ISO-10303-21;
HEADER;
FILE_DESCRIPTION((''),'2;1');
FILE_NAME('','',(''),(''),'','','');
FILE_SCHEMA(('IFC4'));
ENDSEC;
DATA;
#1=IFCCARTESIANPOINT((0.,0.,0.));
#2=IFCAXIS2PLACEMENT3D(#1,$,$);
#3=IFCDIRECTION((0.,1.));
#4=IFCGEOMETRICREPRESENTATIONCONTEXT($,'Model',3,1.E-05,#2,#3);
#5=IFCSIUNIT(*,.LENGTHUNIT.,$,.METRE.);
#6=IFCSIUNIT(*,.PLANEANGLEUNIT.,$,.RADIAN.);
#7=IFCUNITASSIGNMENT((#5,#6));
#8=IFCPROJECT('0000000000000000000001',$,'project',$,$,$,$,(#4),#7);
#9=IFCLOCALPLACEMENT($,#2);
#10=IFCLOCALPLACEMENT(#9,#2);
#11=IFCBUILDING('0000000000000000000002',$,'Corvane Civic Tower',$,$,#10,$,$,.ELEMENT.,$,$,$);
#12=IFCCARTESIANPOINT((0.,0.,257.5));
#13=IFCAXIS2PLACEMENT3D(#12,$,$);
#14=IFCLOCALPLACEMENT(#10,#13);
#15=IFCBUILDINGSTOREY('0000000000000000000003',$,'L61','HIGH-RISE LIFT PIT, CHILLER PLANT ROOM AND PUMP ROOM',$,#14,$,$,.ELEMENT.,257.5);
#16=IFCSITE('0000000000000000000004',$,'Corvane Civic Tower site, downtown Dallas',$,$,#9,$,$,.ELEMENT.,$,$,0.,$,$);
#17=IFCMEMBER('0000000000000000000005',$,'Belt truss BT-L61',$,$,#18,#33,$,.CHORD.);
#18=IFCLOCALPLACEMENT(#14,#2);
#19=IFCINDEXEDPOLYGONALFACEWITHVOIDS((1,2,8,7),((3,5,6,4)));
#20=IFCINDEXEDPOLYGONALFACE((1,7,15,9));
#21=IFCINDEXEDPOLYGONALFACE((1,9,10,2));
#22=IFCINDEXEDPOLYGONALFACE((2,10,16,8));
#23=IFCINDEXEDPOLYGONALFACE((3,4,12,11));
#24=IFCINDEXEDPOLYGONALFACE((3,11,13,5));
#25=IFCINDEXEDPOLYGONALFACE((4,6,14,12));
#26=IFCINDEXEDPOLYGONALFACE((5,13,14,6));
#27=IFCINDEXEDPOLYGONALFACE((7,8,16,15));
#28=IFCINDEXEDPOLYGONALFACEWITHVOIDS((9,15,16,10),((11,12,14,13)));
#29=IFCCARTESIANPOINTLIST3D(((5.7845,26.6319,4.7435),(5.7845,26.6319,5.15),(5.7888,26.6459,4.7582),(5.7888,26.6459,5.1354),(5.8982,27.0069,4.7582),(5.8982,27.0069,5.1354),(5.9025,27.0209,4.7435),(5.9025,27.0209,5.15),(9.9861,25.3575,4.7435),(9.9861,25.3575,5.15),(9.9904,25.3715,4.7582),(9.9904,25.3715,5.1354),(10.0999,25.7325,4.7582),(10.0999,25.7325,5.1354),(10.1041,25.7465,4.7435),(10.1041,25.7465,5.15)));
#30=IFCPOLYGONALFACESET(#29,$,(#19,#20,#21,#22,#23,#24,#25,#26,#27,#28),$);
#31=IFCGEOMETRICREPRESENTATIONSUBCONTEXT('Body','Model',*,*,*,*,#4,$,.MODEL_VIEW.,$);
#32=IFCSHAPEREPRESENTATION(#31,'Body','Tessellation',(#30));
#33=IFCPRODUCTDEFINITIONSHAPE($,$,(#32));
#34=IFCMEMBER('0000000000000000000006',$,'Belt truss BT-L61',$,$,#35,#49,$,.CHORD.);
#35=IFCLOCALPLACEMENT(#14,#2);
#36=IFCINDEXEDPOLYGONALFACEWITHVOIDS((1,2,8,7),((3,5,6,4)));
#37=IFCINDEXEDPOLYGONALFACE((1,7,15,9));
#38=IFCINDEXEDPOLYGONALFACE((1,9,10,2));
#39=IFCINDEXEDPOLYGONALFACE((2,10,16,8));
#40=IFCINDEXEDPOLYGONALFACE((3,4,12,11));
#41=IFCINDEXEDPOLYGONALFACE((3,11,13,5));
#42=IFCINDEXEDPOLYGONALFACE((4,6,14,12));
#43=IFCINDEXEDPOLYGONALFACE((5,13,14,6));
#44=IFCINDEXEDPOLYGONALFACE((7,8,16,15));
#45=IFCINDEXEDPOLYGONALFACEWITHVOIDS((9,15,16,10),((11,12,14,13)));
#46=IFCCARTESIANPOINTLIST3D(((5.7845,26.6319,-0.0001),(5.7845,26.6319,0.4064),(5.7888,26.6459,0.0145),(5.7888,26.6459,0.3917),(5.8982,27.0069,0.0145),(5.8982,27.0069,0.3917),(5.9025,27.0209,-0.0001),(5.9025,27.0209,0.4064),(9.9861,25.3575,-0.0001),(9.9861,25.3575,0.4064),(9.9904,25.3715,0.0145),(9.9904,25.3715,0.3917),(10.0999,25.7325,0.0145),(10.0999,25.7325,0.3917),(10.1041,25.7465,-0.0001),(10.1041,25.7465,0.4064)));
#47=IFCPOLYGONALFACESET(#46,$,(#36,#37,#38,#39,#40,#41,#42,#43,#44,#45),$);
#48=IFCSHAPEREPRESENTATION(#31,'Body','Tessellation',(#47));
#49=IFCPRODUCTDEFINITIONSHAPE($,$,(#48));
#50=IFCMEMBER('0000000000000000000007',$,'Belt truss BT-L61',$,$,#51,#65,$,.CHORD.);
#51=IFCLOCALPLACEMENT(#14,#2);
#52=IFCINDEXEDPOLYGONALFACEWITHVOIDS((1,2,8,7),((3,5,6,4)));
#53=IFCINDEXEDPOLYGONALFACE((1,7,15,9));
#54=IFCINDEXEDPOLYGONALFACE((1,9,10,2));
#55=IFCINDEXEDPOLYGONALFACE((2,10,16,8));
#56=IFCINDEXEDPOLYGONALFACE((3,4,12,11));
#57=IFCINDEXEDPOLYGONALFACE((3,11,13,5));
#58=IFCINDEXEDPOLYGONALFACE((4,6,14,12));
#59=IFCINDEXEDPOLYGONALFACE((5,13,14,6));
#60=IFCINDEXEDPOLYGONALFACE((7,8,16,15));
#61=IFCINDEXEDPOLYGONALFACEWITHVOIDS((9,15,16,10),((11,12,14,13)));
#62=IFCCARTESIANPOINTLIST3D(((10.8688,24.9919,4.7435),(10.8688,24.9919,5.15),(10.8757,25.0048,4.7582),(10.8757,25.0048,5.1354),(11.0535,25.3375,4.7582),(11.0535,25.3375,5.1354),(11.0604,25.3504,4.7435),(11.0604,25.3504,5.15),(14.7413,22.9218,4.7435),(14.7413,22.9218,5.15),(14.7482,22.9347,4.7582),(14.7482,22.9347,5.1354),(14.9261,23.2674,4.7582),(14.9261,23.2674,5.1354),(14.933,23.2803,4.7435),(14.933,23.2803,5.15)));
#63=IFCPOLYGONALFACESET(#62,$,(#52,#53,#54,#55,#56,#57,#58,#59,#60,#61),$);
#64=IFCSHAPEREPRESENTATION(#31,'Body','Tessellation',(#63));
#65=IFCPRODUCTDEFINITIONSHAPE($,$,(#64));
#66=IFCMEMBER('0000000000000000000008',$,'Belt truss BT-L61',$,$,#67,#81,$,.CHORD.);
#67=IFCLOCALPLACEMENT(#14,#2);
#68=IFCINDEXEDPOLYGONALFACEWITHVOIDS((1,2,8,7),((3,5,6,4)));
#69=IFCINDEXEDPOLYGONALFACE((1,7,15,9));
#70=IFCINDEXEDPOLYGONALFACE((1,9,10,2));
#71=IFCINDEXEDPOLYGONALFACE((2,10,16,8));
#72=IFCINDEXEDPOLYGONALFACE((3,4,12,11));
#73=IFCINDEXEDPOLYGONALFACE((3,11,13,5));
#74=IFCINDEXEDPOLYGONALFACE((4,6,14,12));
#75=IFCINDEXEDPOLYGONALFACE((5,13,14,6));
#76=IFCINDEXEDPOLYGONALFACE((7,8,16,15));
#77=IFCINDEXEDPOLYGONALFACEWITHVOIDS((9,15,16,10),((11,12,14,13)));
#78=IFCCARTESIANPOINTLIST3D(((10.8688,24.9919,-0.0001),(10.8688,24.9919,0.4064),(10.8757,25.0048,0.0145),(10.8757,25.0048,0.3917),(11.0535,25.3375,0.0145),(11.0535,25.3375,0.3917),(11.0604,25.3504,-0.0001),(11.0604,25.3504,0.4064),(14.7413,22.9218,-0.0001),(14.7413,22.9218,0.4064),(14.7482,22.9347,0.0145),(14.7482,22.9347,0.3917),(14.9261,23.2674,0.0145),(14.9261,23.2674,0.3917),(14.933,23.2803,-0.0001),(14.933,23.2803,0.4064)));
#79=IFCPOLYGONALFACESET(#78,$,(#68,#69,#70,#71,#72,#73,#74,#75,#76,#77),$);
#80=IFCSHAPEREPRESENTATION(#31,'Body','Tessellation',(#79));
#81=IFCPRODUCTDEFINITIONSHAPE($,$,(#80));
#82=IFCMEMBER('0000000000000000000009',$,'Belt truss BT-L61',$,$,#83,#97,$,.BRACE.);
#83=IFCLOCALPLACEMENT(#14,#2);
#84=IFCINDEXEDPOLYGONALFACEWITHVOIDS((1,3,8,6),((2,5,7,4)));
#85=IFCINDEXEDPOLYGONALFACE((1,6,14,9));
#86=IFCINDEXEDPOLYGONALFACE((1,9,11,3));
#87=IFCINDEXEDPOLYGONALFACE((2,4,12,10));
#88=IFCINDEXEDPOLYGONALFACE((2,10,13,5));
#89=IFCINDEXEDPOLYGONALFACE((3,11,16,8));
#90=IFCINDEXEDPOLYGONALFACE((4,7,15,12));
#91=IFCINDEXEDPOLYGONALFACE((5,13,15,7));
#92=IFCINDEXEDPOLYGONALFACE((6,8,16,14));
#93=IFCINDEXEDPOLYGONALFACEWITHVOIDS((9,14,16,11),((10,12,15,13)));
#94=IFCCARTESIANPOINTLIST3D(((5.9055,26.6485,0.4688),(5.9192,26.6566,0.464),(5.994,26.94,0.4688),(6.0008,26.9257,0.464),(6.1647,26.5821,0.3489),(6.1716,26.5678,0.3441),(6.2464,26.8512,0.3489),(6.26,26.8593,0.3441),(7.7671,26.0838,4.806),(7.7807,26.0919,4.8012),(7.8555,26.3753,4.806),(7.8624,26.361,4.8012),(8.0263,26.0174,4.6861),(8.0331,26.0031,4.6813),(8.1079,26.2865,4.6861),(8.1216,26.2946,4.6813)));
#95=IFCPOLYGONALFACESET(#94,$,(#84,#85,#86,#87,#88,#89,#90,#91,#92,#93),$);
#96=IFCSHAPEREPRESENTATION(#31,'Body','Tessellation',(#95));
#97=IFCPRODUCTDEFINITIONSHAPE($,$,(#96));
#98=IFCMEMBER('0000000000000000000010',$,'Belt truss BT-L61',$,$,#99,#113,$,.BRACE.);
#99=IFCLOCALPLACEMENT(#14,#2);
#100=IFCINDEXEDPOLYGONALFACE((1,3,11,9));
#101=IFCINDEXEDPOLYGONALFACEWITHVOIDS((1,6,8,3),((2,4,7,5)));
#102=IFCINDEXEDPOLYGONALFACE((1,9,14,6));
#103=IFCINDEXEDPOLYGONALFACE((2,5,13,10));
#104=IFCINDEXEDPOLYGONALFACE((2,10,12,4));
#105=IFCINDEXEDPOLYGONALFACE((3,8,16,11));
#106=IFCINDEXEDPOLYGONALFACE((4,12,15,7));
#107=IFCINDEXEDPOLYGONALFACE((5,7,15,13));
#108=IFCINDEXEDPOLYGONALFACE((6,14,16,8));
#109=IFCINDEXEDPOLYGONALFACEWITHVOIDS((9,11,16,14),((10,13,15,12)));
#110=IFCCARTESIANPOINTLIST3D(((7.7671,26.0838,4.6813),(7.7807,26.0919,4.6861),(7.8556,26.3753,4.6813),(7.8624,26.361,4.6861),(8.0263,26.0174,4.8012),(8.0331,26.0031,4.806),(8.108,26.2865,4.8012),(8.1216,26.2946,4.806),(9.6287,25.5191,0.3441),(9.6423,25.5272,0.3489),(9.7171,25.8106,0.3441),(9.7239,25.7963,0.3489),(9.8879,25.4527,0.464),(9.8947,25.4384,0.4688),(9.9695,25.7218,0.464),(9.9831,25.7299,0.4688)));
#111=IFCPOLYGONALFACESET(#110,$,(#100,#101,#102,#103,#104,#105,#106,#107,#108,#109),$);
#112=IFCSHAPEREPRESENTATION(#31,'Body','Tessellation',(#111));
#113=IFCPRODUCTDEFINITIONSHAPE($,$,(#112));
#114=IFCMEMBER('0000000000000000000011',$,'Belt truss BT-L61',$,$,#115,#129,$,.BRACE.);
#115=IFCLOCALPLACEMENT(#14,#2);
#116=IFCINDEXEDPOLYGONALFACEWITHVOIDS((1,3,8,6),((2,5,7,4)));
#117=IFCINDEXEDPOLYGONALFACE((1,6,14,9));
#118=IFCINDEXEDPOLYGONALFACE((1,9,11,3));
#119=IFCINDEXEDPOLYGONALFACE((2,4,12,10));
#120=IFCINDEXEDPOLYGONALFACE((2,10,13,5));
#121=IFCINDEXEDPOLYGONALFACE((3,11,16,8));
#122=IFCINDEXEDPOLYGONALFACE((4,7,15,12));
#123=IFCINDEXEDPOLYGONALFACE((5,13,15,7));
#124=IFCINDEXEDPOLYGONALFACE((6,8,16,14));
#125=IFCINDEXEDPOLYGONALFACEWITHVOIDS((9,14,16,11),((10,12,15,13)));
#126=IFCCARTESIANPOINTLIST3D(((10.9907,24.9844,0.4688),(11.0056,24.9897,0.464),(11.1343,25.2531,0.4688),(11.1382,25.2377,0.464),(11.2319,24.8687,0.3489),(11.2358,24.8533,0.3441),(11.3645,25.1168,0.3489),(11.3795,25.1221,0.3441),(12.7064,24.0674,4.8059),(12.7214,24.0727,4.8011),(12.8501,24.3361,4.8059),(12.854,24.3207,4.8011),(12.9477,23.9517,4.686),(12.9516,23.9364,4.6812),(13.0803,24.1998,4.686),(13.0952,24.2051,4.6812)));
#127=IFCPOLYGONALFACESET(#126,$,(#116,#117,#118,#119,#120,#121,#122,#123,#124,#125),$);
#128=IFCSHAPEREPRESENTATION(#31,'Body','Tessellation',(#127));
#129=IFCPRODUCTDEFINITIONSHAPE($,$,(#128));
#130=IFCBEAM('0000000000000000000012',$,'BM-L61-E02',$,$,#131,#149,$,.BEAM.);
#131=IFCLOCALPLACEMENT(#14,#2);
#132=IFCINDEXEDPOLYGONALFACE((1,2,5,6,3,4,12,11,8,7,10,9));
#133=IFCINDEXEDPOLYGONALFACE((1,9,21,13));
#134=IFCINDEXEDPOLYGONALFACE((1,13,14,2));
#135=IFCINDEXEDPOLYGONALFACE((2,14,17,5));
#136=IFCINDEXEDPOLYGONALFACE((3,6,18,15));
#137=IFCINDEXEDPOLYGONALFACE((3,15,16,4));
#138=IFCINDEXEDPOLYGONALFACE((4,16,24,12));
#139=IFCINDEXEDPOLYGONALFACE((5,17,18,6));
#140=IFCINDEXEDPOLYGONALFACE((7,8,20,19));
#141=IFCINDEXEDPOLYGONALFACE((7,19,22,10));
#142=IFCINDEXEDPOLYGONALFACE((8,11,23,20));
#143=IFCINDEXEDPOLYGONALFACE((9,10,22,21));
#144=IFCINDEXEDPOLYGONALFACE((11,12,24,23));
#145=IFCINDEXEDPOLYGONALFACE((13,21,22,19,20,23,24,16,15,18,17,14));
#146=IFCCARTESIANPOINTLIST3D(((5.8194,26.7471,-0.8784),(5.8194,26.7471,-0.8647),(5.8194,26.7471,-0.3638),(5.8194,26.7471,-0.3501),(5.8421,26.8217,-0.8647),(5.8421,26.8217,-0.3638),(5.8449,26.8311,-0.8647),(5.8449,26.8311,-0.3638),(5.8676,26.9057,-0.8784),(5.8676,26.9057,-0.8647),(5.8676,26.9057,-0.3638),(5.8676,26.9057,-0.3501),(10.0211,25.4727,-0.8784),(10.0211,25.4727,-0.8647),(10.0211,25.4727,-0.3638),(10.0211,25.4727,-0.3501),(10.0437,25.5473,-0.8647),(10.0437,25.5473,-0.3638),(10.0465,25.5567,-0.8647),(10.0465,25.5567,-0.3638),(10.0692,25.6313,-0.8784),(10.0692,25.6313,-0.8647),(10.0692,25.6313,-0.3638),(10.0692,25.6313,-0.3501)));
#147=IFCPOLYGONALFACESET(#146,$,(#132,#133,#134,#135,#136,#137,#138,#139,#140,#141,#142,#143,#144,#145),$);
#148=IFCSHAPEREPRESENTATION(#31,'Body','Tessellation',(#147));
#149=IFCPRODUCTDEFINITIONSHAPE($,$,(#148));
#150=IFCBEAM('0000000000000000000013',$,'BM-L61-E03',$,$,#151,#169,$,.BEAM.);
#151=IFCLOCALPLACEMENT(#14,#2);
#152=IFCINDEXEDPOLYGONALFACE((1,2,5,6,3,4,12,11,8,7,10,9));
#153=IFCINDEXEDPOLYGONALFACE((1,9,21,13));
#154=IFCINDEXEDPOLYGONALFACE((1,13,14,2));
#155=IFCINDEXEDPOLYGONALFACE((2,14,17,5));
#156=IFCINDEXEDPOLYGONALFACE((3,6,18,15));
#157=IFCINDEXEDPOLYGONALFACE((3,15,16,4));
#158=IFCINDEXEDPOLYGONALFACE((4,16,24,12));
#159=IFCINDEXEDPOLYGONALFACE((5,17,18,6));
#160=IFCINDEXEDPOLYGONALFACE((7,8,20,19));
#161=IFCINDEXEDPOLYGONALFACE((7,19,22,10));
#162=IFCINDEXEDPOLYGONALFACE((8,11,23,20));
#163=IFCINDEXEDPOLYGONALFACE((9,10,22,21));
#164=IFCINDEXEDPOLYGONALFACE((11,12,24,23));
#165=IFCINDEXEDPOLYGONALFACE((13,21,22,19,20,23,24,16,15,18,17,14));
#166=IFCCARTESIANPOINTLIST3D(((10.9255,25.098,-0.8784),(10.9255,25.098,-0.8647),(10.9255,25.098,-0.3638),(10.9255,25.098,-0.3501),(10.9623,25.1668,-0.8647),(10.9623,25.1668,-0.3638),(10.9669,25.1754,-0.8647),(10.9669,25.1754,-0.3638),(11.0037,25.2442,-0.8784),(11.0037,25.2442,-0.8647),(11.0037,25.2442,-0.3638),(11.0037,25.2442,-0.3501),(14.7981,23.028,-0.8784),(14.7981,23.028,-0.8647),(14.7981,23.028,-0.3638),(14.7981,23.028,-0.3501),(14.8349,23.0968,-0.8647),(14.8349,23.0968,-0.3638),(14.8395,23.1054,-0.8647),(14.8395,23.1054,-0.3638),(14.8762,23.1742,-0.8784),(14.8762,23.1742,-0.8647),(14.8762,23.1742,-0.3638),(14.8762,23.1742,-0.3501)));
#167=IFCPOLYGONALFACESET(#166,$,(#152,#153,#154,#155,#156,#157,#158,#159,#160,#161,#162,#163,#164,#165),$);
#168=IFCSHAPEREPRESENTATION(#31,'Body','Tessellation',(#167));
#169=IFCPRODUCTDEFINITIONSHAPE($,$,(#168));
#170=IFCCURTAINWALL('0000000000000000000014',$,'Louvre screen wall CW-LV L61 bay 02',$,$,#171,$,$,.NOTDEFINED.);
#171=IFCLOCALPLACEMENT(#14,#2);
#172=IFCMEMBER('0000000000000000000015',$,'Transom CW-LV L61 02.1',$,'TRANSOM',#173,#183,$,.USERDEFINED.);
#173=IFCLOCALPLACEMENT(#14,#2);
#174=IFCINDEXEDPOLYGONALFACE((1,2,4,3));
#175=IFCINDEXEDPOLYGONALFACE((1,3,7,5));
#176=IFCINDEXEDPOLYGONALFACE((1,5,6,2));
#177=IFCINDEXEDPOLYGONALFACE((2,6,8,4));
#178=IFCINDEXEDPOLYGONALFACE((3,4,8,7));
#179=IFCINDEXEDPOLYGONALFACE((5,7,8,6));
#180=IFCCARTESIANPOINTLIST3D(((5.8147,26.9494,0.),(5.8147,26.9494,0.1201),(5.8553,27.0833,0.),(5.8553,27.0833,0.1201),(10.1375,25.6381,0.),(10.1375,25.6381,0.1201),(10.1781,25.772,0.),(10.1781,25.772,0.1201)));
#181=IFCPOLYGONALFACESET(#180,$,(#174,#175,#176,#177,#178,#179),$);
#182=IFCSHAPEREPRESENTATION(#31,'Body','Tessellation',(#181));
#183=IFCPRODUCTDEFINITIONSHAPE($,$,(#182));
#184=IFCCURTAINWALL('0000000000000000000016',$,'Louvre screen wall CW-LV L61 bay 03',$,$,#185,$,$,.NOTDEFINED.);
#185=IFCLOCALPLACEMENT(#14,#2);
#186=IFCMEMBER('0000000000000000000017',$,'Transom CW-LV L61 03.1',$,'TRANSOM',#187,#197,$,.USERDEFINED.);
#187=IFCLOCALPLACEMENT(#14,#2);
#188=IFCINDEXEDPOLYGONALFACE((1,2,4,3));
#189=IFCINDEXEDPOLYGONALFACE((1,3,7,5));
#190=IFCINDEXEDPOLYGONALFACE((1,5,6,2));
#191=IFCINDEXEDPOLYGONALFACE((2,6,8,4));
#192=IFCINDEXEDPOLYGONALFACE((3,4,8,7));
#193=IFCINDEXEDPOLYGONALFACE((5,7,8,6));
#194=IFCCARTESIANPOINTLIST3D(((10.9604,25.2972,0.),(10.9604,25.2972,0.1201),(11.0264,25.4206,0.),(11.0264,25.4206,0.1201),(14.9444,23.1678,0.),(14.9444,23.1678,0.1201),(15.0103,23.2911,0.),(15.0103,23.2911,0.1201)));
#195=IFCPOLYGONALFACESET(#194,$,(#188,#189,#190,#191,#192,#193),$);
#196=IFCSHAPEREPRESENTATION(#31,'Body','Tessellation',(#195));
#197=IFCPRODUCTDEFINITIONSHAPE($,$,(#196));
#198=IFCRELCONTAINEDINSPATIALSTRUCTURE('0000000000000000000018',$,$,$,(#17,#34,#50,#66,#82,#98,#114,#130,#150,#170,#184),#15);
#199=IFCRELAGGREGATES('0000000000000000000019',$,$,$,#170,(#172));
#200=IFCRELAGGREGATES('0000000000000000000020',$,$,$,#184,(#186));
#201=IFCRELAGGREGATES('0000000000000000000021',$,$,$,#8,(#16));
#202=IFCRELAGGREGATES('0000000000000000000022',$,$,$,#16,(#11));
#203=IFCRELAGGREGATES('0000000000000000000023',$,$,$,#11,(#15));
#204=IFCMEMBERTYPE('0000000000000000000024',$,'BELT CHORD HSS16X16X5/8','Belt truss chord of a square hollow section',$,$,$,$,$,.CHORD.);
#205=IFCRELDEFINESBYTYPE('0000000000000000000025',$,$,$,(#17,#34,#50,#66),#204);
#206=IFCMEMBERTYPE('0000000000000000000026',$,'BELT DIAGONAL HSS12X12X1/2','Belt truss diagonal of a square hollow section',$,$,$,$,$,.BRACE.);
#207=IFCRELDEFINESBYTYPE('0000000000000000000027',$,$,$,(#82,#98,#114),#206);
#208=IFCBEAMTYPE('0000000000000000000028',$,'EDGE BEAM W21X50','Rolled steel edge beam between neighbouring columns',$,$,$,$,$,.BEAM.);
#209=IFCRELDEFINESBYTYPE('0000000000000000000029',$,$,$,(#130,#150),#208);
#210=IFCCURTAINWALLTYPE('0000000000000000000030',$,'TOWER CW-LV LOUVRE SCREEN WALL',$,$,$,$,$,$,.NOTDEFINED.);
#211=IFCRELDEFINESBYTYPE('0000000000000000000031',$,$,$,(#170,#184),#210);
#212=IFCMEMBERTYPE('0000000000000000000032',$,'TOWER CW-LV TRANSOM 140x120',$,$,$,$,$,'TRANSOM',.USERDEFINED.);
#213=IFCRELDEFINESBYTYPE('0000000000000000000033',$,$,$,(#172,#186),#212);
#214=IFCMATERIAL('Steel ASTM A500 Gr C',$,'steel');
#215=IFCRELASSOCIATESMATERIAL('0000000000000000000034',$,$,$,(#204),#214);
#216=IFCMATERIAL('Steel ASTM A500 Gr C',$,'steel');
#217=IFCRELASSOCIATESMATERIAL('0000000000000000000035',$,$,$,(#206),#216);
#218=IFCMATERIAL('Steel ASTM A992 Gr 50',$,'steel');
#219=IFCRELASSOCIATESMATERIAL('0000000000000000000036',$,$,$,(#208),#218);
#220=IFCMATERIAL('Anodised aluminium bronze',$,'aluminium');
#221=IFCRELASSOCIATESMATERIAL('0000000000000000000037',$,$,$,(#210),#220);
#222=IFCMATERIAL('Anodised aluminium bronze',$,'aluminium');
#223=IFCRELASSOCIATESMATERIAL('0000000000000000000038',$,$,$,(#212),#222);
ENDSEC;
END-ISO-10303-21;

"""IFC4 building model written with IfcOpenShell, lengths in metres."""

from ifc_helpers import new_model, si_unit, direction, frame, origin, origin_2d, place, context, subcontext, project, spatial, rectangle, hollow_rectangle, i_section, extrude, material, material_profile, profile_set, type_object, element, aggregate, save


model = new_model("IFC4")

# Units and contexts
model_context = context("Model", 3, precision=1e-05, world=origin(), true_north=direction((0.0, 1.0)))
body_context = subcontext(model_context, "Body", "Model", "MODEL_VIEW")
ifc_project = project(units=[si_unit("LENGTHUNIT", "METRE"), si_unit("PLANEANGLEUNIT", "RADIAN")], contexts=[model_context])

# Site, building, storey
site_placement = place(None, origin())
site = spatial("IfcSite", under=ifc_project, at=site_placement, Name="Corvane Civic Tower site, downtown Dallas", CompositionType="ELEMENT", RefElevation=0.0)
building_placement = place(site_placement, origin())
building = spatial("IfcBuilding", under=site, at=building_placement, Name="Corvane Civic Tower", CompositionType="ELEMENT")
storey_placement = place(building_placement, frame((0.0, 0.0, 257.5)))
storey = spatial("IfcBuildingStorey", under=building, at=storey_placement, Name="L61", Description="HIGH-RISE LIFT PIT, CHILLER PLANT ROOM AND PUMP ROOM", CompositionType="ELEMENT", Elevation=257.5)

# Members
ifc_material_1 = material(Name="Steel ASTM A500 Gr C", Category="steel")
ifc_material_profile_1 = material_profile(ifc_material_1, hollow_rectangle(XDim=0.4065, YDim=0.4065, WallThickness=0.0146, at=origin_2d()), Name="HSS16X16X5/8")
ifc_profile_set_1 = profile_set([ifc_material_profile_1], Name="Steel ASTM A500 Gr C")
member_type_1 = type_object("IfcMemberType", Name="BELT CHORD HSS16X16X5/8", Description="Belt truss chord of a square hollow section", PredefinedType="CHORD", material=ifc_profile_set_1)
for number, where, z_axis, x_axis, name in (
    (1, (5.8435, 26.8264, 4.9468), (0.95695, -0.290254, 0.0), (0.290254, 0.95695, 0.0), "Belt truss BT-L61"),
    (2, (5.8435, 26.8264, 0.2031), (0.95695, -0.290254, 0.0), (0.290254, 0.95695, 0.0), "Belt truss BT-L61"),
):
    element("IfcMember", number, at=place(storey_placement, frame(where, z_axis=z_axis, x_axis=x_axis)), inside=storey, type_object=member_type_1, Name=name, PredefinedType="CHORD", context=body_context, shape_type="SweptSolid", body=[
        extrude(hollow_rectangle(XDim=0.4065, YDim=0.4065, WallThickness=0.0146, at=origin_2d()), origin(), (0.0, 0.0, 1.0), 4.3906),
    ])
for number, where, z_axis, x_axis, name in (
    (3, (10.9646, 25.1711, 4.9468), (0.881908, -0.471422, 0.0), (0.471422, 0.881908, 0.0), "Belt truss BT-L61"),
    (4, (10.9646, 25.1711, 0.2031), (0.881908, -0.471422, 0.0), (0.471422, 0.881908, 0.0), "Belt truss BT-L61"),
):
    element("IfcMember", number, at=place(storey_placement, frame(where, z_axis=z_axis, x_axis=x_axis)), inside=storey, type_object=member_type_1, Name=name, PredefinedType="CHORD", context=body_context, shape_type="SweptSolid", body=[
        extrude(hollow_rectangle(XDim=0.4065, YDim=0.4065, WallThickness=0.0146, at=origin_2d()), origin(), (0.0, 0.0, 1.0), 4.3911),
    ])
ifc_material_2 = material(Name="Steel ASTM A500 Gr C", Category="steel")
ifc_material_profile_2 = material_profile(ifc_material_2, hollow_rectangle(XDim=0.3047, YDim=0.3047, WallThickness=0.0117, at=origin_2d()), Name="HSS12X12X1/2")
ifc_profile_set_2 = profile_set([ifc_material_profile_2], Name="Steel ASTM A500 Gr C")
member_type_2 = type_object("IfcMemberType", Name="BELT DIAGONAL HSS12X12X1/2", Description="Belt truss diagonal of a square hollow section", PredefinedType="BRACE", material=ifc_profile_set_2)
for number, where, z_axis, x_axis, name in (
    (5, (6.0828, 26.7539, 0.4065), (0.391626, -0.118797, 0.912423), (0.290283, 0.956941, 0.0), "Belt truss BT-L61"),
    (6, (9.8059, 25.6245, 0.4065), (-0.391626, 0.118797, 0.912423), (-0.290283, -0.956941, 0.0), "Belt truss BT-L61"),
    (7, (11.1851, 25.0532, 0.4065), (0.360959, -0.192908, 0.912412), (0.471344, 0.88195, 0.0), "Belt truss BT-L61"),
):
    element("IfcMember", number, at=place(storey_placement, frame(where, z_axis=z_axis, x_axis=x_axis)), inside=storey, type_object=member_type_2, Name=name, PredefinedType="BRACE", context=body_context, shape_type="SweptSolid", body=[
        extrude(hollow_rectangle(XDim=0.3047, YDim=0.3047, WallThickness=0.0117, at=origin_2d()), origin(), (0.0, 0.0, 1.0), 4.7534),
    ])

# Beams
ifc_material_3 = material(Name="Steel ASTM A992 Gr 50", Category="steel")
ifc_material_profile_3 = material_profile(ifc_material_3, i_section(OverallWidth=0.1658, OverallDepth=0.5283, WebThickness=0.0098, FlangeThickness=0.0137, at=origin_2d()), Name="W21X50")
ifc_profile_set_3 = profile_set([ifc_material_profile_3], Name="Steel ASTM A992 Gr 50")
beam_type = type_object("IfcBeamType", Name="EDGE BEAM W21X50", Description="Rolled steel edge beam between neighbouring columns", PredefinedType="BEAM", material=ifc_profile_set_3)
beam_1_placement = place(storey_placement, frame((5.8435, 26.8264, -0.6143), z_axis=(0.95695, -0.290254, 0.0), x_axis=(0.290254, 0.95695, 0.0)))
element("IfcBeam", 8, at=beam_1_placement, inside=storey, type_object=beam_type, Name="BM-L61-E02", PredefinedType="BEAM", context=body_context, shape_type="SweptSolid", body=[
    extrude(i_section(OverallWidth=0.1658, OverallDepth=0.5283, WebThickness=0.0098, FlangeThickness=0.0137, at=origin_2d()), origin(), (0.0, 0.0, 1.0), 4.3906),
])
beam_2_placement = place(storey_placement, frame((10.9646, 25.1711, -0.6143), z_axis=(0.881908, -0.471422, 0.0), x_axis=(0.471422, 0.881908, 0.0)))
element("IfcBeam", 9, at=beam_2_placement, inside=storey, type_object=beam_type, Name="BM-L61-E03", PredefinedType="BEAM", context=body_context, shape_type="SweptSolid", body=[
    extrude(i_section(OverallWidth=0.1658, OverallDepth=0.5283, WebThickness=0.0098, FlangeThickness=0.0137, at=origin_2d()), origin(), (0.0, 0.0, 1.0), 4.3911),
])

# Curtain walls, members
ifc_material_4 = material(Name="Anodised aluminium bronze", Category="aluminium")
curtain_wall_type = type_object("IfcCurtainWallType", Name="TOWER CW-LV LOUVRE SCREEN WALL", PredefinedType="NOTDEFINED", material=ifc_material_4)
curtain_wall_1_placement = place(storey_placement, origin())
curtain_wall_1 = element("IfcCurtainWall", 10, at=curtain_wall_1_placement, inside=storey, type_object=curtain_wall_type, Name="Louvre screen wall CW-LV L61 bay 02", PredefinedType="NOTDEFINED")
ifc_material_5 = material(Name="Anodised aluminium bronze", Category="aluminium")
ifc_material_profile_4 = material_profile(ifc_material_5, rectangle(XDim=0.1399, YDim=0.1201, at=origin_2d()), Name="TOWER CW-LV TRANSOM 140x120")
ifc_profile_set_4 = profile_set([ifc_material_profile_4], Name="Anodised aluminium bronze")
member_type_3 = type_object("IfcMemberType", Name="TOWER CW-LV TRANSOM 140x120", ElementType="TRANSOM", PredefinedType="USERDEFINED", material=ifc_profile_set_4)
member_1_placement = place(storey_placement, frame((5.835, 27.0164, 0.0601), z_axis=(0.956941, -0.290282, 0.0), x_axis=(0.290282, 0.956941, 0.0)))
member_1 = element("IfcMember", 11, at=member_1_placement, type_object=member_type_3, Name="Transom CW-LV L61 02.1", ObjectType="TRANSOM", PredefinedType="USERDEFINED", context=body_context, shape_type="SweptSolid", body=[
    extrude(rectangle(XDim=0.1399, YDim=0.1201, at=origin_2d()), origin(), (0.0, 0.0, 1.0), 4.5173),
])
curtain_wall_2_placement = place(storey_placement, origin())
curtain_wall_2 = element("IfcCurtainWall", 12, at=curtain_wall_2_placement, inside=storey, type_object=curtain_wall_type, Name="Louvre screen wall CW-LV L61 bay 03", PredefinedType="NOTDEFINED")
member_2_placement = place(storey_placement, frame((10.9934, 25.3589, 0.0601), z_axis=(0.881925, -0.47139, 0.0), x_axis=(0.47139, 0.881925, 0.0)))
member_2 = element("IfcMember", 13, at=member_2_placement, type_object=member_type_3, Name="Transom CW-LV L61 03.1", ObjectType="TRANSOM", PredefinedType="USERDEFINED", context=body_context, shape_type="SweptSolid", body=[
    extrude(rectangle(XDim=0.1399, YDim=0.1201, at=origin_2d()), origin(), (0.0, 0.0, 1.0), 4.5173),
])

aggregate(curtain_wall_1, [member_1])
aggregate(curtain_wall_2, [member_2])

save(model, "model.ifc")
